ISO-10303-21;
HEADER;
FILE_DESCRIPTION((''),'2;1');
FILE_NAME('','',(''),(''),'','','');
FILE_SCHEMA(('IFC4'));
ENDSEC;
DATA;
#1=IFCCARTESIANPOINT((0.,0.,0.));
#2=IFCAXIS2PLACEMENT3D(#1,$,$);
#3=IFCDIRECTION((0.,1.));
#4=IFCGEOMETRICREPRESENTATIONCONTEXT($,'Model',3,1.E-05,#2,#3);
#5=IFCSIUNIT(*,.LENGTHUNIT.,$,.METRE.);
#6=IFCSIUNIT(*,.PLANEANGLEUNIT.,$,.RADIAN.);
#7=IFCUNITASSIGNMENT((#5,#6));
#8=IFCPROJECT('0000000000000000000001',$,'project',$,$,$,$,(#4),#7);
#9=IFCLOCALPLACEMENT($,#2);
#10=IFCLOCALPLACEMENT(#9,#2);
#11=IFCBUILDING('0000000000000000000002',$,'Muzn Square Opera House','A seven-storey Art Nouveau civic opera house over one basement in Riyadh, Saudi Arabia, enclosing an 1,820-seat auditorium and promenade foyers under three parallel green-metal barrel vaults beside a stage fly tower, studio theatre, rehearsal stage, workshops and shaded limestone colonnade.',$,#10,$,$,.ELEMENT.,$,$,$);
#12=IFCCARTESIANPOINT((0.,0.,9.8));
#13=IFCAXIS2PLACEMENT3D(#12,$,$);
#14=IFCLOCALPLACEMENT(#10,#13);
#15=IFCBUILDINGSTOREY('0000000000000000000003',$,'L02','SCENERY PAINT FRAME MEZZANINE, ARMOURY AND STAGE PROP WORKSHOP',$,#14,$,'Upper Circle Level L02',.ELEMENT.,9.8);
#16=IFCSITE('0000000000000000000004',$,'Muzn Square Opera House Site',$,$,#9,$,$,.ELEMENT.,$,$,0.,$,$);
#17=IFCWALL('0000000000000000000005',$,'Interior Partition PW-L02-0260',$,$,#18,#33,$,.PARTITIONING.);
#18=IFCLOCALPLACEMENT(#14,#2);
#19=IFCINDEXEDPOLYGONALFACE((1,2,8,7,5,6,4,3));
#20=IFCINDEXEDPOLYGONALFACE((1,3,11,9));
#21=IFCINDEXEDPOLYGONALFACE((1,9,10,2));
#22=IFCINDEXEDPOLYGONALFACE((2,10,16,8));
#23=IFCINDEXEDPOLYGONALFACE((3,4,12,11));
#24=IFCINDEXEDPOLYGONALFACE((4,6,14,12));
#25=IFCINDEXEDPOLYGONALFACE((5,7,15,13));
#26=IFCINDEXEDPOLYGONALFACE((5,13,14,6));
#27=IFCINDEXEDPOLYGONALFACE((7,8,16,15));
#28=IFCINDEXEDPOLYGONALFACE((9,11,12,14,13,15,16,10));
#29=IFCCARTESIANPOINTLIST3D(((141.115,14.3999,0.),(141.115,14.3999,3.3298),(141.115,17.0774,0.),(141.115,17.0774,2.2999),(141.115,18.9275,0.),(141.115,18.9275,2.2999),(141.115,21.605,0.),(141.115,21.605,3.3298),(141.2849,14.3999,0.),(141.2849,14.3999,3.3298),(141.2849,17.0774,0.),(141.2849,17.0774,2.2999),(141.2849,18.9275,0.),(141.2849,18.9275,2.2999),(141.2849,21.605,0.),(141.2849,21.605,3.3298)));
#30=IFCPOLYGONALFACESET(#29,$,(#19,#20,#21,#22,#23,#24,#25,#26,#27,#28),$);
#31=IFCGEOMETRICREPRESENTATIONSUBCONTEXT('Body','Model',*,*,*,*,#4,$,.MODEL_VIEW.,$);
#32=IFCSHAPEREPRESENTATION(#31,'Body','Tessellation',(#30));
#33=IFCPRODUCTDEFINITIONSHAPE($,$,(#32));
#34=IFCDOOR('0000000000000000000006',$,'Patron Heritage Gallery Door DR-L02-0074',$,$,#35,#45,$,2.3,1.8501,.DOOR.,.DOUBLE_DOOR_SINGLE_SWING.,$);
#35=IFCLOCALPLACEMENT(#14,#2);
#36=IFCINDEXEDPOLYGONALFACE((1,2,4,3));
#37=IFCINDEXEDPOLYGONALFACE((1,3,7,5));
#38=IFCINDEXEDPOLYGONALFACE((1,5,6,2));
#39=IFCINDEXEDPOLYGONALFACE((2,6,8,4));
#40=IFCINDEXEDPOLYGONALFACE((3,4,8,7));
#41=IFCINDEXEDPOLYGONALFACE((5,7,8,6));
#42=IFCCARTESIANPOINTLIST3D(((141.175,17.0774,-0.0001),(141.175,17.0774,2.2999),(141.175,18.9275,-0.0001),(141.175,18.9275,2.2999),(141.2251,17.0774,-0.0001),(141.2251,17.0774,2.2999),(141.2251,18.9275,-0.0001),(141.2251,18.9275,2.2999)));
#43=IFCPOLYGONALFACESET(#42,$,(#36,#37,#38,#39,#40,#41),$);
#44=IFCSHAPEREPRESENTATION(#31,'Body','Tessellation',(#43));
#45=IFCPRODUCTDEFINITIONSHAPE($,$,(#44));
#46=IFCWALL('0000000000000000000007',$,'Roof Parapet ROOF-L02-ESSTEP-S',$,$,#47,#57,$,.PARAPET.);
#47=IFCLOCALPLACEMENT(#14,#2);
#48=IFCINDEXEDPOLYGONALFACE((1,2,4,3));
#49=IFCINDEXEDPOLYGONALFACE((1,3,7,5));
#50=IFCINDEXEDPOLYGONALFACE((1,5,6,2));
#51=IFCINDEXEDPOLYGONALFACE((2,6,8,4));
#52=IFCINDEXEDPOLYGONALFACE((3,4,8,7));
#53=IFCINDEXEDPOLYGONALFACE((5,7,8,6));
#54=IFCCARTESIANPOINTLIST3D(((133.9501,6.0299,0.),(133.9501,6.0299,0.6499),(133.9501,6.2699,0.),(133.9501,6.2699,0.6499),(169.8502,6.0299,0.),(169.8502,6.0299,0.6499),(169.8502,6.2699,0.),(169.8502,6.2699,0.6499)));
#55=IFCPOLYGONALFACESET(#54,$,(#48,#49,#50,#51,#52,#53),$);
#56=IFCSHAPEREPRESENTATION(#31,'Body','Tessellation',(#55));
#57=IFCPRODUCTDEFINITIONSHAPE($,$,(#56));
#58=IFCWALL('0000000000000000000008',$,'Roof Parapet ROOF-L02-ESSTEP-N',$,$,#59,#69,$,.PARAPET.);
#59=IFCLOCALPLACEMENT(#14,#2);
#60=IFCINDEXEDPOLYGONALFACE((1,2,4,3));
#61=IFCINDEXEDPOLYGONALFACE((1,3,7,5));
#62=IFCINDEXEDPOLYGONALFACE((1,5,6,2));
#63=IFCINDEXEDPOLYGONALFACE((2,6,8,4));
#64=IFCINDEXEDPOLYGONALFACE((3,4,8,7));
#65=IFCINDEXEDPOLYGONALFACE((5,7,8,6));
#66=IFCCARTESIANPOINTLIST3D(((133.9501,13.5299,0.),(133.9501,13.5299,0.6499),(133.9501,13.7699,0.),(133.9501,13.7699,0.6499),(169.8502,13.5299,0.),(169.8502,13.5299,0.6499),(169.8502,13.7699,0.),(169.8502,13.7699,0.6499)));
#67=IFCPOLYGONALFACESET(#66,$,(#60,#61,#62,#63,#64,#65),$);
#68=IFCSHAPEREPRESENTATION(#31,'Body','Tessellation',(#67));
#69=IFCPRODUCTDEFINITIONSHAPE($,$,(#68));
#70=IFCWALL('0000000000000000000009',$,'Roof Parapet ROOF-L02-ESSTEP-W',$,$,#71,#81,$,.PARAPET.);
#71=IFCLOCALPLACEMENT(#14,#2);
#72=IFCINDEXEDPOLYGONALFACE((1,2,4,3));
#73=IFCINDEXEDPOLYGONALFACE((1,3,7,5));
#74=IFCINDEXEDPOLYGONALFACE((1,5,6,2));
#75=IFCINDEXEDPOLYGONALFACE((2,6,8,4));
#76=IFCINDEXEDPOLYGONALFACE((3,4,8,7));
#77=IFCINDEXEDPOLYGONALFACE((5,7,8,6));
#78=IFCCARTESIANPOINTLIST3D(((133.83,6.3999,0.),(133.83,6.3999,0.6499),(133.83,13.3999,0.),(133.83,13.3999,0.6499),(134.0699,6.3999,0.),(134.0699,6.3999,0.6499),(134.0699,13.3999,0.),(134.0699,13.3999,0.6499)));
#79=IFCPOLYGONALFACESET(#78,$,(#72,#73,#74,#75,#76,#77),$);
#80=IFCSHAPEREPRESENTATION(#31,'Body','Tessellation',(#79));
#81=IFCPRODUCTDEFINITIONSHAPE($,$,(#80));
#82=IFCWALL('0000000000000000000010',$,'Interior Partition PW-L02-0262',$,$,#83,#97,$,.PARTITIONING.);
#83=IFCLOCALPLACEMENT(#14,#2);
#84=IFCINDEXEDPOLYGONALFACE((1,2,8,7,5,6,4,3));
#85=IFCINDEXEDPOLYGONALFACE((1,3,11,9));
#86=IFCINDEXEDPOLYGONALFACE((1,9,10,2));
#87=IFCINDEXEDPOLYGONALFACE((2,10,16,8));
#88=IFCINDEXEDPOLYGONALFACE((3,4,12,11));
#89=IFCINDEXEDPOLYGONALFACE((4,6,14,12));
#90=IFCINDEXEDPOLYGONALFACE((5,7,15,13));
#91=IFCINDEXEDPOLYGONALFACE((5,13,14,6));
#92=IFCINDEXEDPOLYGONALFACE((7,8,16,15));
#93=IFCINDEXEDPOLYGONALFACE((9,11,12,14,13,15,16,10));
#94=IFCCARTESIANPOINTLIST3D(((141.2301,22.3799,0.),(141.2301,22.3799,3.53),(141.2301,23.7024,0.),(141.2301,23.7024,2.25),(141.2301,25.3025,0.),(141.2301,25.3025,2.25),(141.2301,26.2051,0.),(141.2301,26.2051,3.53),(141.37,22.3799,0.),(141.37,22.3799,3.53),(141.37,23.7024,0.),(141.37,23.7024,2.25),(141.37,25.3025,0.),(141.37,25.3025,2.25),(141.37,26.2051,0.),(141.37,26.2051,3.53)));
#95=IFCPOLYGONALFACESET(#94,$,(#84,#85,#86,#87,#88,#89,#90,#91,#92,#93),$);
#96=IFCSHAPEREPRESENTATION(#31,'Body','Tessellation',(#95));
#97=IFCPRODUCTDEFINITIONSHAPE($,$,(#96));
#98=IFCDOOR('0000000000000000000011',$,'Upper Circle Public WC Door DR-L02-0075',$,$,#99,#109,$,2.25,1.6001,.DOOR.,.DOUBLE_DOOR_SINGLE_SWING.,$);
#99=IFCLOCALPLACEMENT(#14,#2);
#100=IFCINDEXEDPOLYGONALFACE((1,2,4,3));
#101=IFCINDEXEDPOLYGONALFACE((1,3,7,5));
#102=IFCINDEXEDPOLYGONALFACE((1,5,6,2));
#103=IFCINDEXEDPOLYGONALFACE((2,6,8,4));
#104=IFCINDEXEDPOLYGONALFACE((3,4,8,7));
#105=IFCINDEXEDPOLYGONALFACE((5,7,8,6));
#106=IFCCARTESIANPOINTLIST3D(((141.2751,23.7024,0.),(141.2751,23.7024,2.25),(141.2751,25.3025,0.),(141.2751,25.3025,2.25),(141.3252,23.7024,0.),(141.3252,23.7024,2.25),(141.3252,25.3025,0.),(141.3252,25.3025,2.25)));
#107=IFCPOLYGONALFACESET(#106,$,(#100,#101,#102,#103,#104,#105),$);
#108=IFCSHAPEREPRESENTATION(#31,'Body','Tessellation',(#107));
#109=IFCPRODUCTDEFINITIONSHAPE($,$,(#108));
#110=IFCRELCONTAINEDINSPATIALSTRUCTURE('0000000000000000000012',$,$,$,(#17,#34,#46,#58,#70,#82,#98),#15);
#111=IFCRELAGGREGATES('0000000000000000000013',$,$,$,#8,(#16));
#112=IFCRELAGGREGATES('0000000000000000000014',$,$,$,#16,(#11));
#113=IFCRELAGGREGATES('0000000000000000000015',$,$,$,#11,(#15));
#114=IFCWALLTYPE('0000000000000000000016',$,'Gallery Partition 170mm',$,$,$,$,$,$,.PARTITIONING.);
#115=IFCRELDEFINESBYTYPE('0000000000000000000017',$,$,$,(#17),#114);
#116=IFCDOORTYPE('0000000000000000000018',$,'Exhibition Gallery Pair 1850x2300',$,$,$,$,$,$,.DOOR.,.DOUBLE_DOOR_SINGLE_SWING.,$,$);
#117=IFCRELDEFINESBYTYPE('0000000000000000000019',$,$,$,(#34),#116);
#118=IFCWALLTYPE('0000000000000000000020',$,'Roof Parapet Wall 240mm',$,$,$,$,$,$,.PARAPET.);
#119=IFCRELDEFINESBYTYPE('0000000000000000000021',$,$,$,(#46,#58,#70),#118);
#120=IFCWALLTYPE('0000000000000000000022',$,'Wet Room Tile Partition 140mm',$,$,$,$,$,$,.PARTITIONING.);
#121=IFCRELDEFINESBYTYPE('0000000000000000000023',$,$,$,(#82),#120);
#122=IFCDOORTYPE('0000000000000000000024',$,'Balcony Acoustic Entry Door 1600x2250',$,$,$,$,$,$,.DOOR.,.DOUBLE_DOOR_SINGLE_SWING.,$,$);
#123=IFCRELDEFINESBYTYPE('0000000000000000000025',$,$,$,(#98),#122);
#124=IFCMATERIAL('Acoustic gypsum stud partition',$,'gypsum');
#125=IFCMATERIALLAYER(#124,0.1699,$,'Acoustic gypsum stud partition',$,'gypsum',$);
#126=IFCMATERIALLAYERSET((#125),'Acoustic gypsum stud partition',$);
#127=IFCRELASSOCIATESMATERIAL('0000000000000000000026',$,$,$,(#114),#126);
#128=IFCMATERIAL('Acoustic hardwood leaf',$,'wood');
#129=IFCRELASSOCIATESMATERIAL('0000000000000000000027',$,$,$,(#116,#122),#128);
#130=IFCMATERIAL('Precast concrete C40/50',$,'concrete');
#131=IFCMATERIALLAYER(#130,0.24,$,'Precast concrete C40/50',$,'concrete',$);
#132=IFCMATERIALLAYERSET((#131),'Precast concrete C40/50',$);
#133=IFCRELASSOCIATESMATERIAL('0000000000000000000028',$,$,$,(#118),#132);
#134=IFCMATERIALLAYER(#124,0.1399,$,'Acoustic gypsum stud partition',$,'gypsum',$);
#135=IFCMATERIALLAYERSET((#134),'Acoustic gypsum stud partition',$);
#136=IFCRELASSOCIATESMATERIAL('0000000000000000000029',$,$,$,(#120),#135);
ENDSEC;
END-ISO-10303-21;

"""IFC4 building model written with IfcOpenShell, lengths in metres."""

from ifc_helpers import new_model, si_unit, direction, frame, frame_2d, origin, place, context, subcontext, project, spatial, rectangle, extrude, material, layer, layer_set, type_object, element, fill, save


model = new_model("IFC4")

# Units and contexts
model_context = context("Model", 3, precision=1e-05, world=origin(), true_north=direction((0.0, 1.0)))
body_context = subcontext(model_context, "Body", "Model", "MODEL_VIEW")
ifc_project = project(units=[si_unit("LENGTHUNIT", "METRE"), si_unit("PLANEANGLEUNIT", "RADIAN")], contexts=[model_context])

# Site, building, storey
site_placement = place(None, origin())
site = spatial("IfcSite", under=ifc_project, at=site_placement, Name="Muzn Square Opera House Site", CompositionType="ELEMENT", RefElevation=0.0)
building_placement = place(site_placement, origin())
building = spatial("IfcBuilding", under=site, at=building_placement, Name="Muzn Square Opera House", Description="A seven-storey Art Nouveau civic opera house over one basement in Riyadh, Saudi Arabia, enclosing an 1,820-seat auditorium and promenade foyers under three parallel green-metal barrel vaults beside a stage fly tower, studio theatre, rehearsal stage, workshops and shaded limestone colonnade.", CompositionType="ELEMENT")
storey_placement = place(building_placement, frame((0.0, 0.0, 9.8)))
storey = spatial("IfcBuildingStorey", under=building, at=storey_placement, Name="L02", Description="SCENERY PAINT FRAME MEZZANINE, ARMOURY AND STAGE PROP WORKSHOP", LongName="Upper Circle Level L02", CompositionType="ELEMENT", Elevation=9.8)

# Shared definitions
ifc_material_1 = material(Name="Acoustic gypsum stud partition", Category="gypsum")
ifc_layer_1 = layer(ifc_material_1, 0.1699, Name="Acoustic gypsum stud partition", Category="gypsum")
ifc_layer_set_1 = layer_set([ifc_layer_1], Name="Acoustic gypsum stud partition")
wall_type_1 = type_object("IfcWallType", Name="Gallery Partition 170mm", PredefinedType="PARTITIONING", material=ifc_layer_set_1)

# Wall, opening, door
wall_1_placement = place(storey_placement, frame((141.2, 14.3999, 0.0), z_axis=(0.0, 0.0, 1.0), x_axis=(0.0, 1.0, 0.0)))
wall_1 = element("IfcWall", 1, at=wall_1_placement, inside=storey, type_object=wall_type_1, Name="Interior Partition PW-L02-0260", PredefinedType="PARTITIONING", context=body_context, shape_type="SweptSolid", body=[
    extrude(rectangle(XDim=7.2051, YDim=0.1699, at=frame_2d((3.6025, 0.0))), origin(), (0.0, 0.0, 1.0), 3.3298),
])
opening_1_placement = place(wall_1_placement, frame((2.6775, 0.0, 0.0)))
opening_1 = element("IfcOpeningElement", 2, at=opening_1_placement, cuts=wall_1, PredefinedType="OPENING", context=body_context, shape_type="SweptSolid", body=[
    extrude(rectangle(XDim=1.8501, YDim=2.3, at=frame_2d((0.925, 1.1499))), frame((0.0, 0.095, 0.0), z_axis=(0.0, -1.0, 0.0), x_axis=(1.0, 0.0, 0.0)), (0.0, 0.0, 1.0), 0.1899),
])
ifc_material_2 = material(Name="Acoustic hardwood leaf", Category="wood")
door_type_1 = type_object("IfcDoorType", Name="Exhibition Gallery Pair 1850x2300", OperationType="DOUBLE_DOOR_SINGLE_SWING", PredefinedType="DOOR", material=ifc_material_2)
door_1_placement = place(opening_1_placement, origin())
door_1 = element("IfcDoor", 3, at=door_1_placement, inside=storey, type_object=door_type_1, Name="Patron Heritage Gallery Door DR-L02-0074", OperationType="DOUBLE_DOOR_SINGLE_SWING", OverallHeight=2.3, OverallWidth=1.8501, PredefinedType="DOOR", context=body_context, shape_type="SweptSolid", body=[
    extrude(rectangle(XDim=1.8501, YDim=2.3, at=frame_2d((0.925, 1.1499))), frame((0.0, 0.0249, 0.0), z_axis=(0.0, -1.0, 0.0), x_axis=(1.0, 0.0, 0.0)), (0.0, 0.0, 1.0), 0.05),
])
fill(opening_1, door_1)

# Walls
ifc_material_3 = material(Name="Precast concrete C40/50", Category="concrete")
ifc_layer_2 = layer(ifc_material_3, 0.24, Name="Precast concrete C40/50", Category="concrete")
ifc_layer_set_2 = layer_set([ifc_layer_2], Name="Precast concrete C40/50")
wall_type_2 = type_object("IfcWallType", Name="Roof Parapet Wall 240mm", PredefinedType="PARAPET", material=ifc_layer_set_2)
for number, where, z_axis, x_axis, name in (
    (4, (133.95, 6.1499, 0.0), (0.0, 0.0, 1.0), (1.0, 0.0, 0.0), "Roof Parapet ROOF-L02-ESSTEP-S"),
    (5, (133.95, 13.6499, 0.0), (0.0, 0.0, 1.0), (1.0, 0.0, 0.0), "Roof Parapet ROOF-L02-ESSTEP-N"),
):
    element("IfcWall", number, at=place(storey_placement, frame(where, z_axis=z_axis, x_axis=x_axis)), inside=storey, type_object=wall_type_2, Name=name, PredefinedType="PARAPET", context=body_context, shape_type="SweptSolid", body=[
        extrude(rectangle(XDim=35.9001, YDim=0.24, at=frame_2d((17.9502, 0.0))), origin(), (0.0, 0.0, 1.0), 0.6499),
    ])
wall_2_placement = place(storey_placement, frame((133.95, 6.3999, 0.0), z_axis=(0.0, 0.0, 1.0), x_axis=(0.0, 1.0, 0.0)))
element("IfcWall", 6, at=wall_2_placement, inside=storey, type_object=wall_type_2, Name="Roof Parapet ROOF-L02-ESSTEP-W", PredefinedType="PARAPET", context=body_context, shape_type="SweptSolid", body=[
    extrude(rectangle(XDim=7.0, YDim=0.24, at=frame_2d((3.5, 0.0))), origin(), (0.0, 0.0, 1.0), 0.6499),
])

# Wall, opening, door
ifc_layer_3 = layer(ifc_material_1, 0.1399, Name="Acoustic gypsum stud partition", Category="gypsum")
ifc_layer_set_3 = layer_set([ifc_layer_3], Name="Acoustic gypsum stud partition")
wall_type_3 = type_object("IfcWallType", Name="Wet Room Tile Partition 140mm", PredefinedType="PARTITIONING", material=ifc_layer_set_3)
wall_3_placement = place(storey_placement, frame((141.3, 22.3799, 0.0), z_axis=(0.0, 0.0, 1.0), x_axis=(0.0, 1.0, 0.0)))
wall_3 = element("IfcWall", 7, at=wall_3_placement, inside=storey, type_object=wall_type_3, Name="Interior Partition PW-L02-0262", PredefinedType="PARTITIONING", context=body_context, shape_type="SweptSolid", body=[
    extrude(rectangle(XDim=3.8252, YDim=0.1399, at=frame_2d((1.9126, 0.0))), origin(), (0.0, 0.0, 1.0), 3.53),
])
opening_2_placement = place(wall_3_placement, frame((1.3225, 0.0, 0.0)))
opening_2 = element("IfcOpeningElement", 8, at=opening_2_placement, cuts=wall_3, PredefinedType="OPENING", context=body_context, shape_type="SweptSolid", body=[
    extrude(rectangle(XDim=1.6001, YDim=2.25, at=frame_2d((0.8, 1.125))), frame((0.0, 0.0798, 0.0), z_axis=(0.0, -1.0, 0.0), x_axis=(1.0, 0.0, 0.0)), (0.0, 0.0, 1.0), 0.1599),
])
door_type_2 = type_object("IfcDoorType", Name="Balcony Acoustic Entry Door 1600x2250", OperationType="DOUBLE_DOOR_SINGLE_SWING", PredefinedType="DOOR", material=ifc_material_2)
door_2_placement = place(opening_2_placement, origin())
door_2 = element("IfcDoor", 9, at=door_2_placement, inside=storey, type_object=door_type_2, Name="Upper Circle Public WC Door DR-L02-0075", OperationType="DOUBLE_DOOR_SINGLE_SWING", OverallHeight=2.25, OverallWidth=1.6001, PredefinedType="DOOR", context=body_context, shape_type="SweptSolid", body=[
    extrude(rectangle(XDim=1.6001, YDim=2.25, at=frame_2d((0.8, 1.125))), frame((0.0, 0.0249, 0.0), z_axis=(0.0, -1.0, 0.0), x_axis=(1.0, 0.0, 0.0)), (0.0, 0.0, 1.0), 0.05),
])
fill(opening_2, door_2)

save(model, "model.ifc")
